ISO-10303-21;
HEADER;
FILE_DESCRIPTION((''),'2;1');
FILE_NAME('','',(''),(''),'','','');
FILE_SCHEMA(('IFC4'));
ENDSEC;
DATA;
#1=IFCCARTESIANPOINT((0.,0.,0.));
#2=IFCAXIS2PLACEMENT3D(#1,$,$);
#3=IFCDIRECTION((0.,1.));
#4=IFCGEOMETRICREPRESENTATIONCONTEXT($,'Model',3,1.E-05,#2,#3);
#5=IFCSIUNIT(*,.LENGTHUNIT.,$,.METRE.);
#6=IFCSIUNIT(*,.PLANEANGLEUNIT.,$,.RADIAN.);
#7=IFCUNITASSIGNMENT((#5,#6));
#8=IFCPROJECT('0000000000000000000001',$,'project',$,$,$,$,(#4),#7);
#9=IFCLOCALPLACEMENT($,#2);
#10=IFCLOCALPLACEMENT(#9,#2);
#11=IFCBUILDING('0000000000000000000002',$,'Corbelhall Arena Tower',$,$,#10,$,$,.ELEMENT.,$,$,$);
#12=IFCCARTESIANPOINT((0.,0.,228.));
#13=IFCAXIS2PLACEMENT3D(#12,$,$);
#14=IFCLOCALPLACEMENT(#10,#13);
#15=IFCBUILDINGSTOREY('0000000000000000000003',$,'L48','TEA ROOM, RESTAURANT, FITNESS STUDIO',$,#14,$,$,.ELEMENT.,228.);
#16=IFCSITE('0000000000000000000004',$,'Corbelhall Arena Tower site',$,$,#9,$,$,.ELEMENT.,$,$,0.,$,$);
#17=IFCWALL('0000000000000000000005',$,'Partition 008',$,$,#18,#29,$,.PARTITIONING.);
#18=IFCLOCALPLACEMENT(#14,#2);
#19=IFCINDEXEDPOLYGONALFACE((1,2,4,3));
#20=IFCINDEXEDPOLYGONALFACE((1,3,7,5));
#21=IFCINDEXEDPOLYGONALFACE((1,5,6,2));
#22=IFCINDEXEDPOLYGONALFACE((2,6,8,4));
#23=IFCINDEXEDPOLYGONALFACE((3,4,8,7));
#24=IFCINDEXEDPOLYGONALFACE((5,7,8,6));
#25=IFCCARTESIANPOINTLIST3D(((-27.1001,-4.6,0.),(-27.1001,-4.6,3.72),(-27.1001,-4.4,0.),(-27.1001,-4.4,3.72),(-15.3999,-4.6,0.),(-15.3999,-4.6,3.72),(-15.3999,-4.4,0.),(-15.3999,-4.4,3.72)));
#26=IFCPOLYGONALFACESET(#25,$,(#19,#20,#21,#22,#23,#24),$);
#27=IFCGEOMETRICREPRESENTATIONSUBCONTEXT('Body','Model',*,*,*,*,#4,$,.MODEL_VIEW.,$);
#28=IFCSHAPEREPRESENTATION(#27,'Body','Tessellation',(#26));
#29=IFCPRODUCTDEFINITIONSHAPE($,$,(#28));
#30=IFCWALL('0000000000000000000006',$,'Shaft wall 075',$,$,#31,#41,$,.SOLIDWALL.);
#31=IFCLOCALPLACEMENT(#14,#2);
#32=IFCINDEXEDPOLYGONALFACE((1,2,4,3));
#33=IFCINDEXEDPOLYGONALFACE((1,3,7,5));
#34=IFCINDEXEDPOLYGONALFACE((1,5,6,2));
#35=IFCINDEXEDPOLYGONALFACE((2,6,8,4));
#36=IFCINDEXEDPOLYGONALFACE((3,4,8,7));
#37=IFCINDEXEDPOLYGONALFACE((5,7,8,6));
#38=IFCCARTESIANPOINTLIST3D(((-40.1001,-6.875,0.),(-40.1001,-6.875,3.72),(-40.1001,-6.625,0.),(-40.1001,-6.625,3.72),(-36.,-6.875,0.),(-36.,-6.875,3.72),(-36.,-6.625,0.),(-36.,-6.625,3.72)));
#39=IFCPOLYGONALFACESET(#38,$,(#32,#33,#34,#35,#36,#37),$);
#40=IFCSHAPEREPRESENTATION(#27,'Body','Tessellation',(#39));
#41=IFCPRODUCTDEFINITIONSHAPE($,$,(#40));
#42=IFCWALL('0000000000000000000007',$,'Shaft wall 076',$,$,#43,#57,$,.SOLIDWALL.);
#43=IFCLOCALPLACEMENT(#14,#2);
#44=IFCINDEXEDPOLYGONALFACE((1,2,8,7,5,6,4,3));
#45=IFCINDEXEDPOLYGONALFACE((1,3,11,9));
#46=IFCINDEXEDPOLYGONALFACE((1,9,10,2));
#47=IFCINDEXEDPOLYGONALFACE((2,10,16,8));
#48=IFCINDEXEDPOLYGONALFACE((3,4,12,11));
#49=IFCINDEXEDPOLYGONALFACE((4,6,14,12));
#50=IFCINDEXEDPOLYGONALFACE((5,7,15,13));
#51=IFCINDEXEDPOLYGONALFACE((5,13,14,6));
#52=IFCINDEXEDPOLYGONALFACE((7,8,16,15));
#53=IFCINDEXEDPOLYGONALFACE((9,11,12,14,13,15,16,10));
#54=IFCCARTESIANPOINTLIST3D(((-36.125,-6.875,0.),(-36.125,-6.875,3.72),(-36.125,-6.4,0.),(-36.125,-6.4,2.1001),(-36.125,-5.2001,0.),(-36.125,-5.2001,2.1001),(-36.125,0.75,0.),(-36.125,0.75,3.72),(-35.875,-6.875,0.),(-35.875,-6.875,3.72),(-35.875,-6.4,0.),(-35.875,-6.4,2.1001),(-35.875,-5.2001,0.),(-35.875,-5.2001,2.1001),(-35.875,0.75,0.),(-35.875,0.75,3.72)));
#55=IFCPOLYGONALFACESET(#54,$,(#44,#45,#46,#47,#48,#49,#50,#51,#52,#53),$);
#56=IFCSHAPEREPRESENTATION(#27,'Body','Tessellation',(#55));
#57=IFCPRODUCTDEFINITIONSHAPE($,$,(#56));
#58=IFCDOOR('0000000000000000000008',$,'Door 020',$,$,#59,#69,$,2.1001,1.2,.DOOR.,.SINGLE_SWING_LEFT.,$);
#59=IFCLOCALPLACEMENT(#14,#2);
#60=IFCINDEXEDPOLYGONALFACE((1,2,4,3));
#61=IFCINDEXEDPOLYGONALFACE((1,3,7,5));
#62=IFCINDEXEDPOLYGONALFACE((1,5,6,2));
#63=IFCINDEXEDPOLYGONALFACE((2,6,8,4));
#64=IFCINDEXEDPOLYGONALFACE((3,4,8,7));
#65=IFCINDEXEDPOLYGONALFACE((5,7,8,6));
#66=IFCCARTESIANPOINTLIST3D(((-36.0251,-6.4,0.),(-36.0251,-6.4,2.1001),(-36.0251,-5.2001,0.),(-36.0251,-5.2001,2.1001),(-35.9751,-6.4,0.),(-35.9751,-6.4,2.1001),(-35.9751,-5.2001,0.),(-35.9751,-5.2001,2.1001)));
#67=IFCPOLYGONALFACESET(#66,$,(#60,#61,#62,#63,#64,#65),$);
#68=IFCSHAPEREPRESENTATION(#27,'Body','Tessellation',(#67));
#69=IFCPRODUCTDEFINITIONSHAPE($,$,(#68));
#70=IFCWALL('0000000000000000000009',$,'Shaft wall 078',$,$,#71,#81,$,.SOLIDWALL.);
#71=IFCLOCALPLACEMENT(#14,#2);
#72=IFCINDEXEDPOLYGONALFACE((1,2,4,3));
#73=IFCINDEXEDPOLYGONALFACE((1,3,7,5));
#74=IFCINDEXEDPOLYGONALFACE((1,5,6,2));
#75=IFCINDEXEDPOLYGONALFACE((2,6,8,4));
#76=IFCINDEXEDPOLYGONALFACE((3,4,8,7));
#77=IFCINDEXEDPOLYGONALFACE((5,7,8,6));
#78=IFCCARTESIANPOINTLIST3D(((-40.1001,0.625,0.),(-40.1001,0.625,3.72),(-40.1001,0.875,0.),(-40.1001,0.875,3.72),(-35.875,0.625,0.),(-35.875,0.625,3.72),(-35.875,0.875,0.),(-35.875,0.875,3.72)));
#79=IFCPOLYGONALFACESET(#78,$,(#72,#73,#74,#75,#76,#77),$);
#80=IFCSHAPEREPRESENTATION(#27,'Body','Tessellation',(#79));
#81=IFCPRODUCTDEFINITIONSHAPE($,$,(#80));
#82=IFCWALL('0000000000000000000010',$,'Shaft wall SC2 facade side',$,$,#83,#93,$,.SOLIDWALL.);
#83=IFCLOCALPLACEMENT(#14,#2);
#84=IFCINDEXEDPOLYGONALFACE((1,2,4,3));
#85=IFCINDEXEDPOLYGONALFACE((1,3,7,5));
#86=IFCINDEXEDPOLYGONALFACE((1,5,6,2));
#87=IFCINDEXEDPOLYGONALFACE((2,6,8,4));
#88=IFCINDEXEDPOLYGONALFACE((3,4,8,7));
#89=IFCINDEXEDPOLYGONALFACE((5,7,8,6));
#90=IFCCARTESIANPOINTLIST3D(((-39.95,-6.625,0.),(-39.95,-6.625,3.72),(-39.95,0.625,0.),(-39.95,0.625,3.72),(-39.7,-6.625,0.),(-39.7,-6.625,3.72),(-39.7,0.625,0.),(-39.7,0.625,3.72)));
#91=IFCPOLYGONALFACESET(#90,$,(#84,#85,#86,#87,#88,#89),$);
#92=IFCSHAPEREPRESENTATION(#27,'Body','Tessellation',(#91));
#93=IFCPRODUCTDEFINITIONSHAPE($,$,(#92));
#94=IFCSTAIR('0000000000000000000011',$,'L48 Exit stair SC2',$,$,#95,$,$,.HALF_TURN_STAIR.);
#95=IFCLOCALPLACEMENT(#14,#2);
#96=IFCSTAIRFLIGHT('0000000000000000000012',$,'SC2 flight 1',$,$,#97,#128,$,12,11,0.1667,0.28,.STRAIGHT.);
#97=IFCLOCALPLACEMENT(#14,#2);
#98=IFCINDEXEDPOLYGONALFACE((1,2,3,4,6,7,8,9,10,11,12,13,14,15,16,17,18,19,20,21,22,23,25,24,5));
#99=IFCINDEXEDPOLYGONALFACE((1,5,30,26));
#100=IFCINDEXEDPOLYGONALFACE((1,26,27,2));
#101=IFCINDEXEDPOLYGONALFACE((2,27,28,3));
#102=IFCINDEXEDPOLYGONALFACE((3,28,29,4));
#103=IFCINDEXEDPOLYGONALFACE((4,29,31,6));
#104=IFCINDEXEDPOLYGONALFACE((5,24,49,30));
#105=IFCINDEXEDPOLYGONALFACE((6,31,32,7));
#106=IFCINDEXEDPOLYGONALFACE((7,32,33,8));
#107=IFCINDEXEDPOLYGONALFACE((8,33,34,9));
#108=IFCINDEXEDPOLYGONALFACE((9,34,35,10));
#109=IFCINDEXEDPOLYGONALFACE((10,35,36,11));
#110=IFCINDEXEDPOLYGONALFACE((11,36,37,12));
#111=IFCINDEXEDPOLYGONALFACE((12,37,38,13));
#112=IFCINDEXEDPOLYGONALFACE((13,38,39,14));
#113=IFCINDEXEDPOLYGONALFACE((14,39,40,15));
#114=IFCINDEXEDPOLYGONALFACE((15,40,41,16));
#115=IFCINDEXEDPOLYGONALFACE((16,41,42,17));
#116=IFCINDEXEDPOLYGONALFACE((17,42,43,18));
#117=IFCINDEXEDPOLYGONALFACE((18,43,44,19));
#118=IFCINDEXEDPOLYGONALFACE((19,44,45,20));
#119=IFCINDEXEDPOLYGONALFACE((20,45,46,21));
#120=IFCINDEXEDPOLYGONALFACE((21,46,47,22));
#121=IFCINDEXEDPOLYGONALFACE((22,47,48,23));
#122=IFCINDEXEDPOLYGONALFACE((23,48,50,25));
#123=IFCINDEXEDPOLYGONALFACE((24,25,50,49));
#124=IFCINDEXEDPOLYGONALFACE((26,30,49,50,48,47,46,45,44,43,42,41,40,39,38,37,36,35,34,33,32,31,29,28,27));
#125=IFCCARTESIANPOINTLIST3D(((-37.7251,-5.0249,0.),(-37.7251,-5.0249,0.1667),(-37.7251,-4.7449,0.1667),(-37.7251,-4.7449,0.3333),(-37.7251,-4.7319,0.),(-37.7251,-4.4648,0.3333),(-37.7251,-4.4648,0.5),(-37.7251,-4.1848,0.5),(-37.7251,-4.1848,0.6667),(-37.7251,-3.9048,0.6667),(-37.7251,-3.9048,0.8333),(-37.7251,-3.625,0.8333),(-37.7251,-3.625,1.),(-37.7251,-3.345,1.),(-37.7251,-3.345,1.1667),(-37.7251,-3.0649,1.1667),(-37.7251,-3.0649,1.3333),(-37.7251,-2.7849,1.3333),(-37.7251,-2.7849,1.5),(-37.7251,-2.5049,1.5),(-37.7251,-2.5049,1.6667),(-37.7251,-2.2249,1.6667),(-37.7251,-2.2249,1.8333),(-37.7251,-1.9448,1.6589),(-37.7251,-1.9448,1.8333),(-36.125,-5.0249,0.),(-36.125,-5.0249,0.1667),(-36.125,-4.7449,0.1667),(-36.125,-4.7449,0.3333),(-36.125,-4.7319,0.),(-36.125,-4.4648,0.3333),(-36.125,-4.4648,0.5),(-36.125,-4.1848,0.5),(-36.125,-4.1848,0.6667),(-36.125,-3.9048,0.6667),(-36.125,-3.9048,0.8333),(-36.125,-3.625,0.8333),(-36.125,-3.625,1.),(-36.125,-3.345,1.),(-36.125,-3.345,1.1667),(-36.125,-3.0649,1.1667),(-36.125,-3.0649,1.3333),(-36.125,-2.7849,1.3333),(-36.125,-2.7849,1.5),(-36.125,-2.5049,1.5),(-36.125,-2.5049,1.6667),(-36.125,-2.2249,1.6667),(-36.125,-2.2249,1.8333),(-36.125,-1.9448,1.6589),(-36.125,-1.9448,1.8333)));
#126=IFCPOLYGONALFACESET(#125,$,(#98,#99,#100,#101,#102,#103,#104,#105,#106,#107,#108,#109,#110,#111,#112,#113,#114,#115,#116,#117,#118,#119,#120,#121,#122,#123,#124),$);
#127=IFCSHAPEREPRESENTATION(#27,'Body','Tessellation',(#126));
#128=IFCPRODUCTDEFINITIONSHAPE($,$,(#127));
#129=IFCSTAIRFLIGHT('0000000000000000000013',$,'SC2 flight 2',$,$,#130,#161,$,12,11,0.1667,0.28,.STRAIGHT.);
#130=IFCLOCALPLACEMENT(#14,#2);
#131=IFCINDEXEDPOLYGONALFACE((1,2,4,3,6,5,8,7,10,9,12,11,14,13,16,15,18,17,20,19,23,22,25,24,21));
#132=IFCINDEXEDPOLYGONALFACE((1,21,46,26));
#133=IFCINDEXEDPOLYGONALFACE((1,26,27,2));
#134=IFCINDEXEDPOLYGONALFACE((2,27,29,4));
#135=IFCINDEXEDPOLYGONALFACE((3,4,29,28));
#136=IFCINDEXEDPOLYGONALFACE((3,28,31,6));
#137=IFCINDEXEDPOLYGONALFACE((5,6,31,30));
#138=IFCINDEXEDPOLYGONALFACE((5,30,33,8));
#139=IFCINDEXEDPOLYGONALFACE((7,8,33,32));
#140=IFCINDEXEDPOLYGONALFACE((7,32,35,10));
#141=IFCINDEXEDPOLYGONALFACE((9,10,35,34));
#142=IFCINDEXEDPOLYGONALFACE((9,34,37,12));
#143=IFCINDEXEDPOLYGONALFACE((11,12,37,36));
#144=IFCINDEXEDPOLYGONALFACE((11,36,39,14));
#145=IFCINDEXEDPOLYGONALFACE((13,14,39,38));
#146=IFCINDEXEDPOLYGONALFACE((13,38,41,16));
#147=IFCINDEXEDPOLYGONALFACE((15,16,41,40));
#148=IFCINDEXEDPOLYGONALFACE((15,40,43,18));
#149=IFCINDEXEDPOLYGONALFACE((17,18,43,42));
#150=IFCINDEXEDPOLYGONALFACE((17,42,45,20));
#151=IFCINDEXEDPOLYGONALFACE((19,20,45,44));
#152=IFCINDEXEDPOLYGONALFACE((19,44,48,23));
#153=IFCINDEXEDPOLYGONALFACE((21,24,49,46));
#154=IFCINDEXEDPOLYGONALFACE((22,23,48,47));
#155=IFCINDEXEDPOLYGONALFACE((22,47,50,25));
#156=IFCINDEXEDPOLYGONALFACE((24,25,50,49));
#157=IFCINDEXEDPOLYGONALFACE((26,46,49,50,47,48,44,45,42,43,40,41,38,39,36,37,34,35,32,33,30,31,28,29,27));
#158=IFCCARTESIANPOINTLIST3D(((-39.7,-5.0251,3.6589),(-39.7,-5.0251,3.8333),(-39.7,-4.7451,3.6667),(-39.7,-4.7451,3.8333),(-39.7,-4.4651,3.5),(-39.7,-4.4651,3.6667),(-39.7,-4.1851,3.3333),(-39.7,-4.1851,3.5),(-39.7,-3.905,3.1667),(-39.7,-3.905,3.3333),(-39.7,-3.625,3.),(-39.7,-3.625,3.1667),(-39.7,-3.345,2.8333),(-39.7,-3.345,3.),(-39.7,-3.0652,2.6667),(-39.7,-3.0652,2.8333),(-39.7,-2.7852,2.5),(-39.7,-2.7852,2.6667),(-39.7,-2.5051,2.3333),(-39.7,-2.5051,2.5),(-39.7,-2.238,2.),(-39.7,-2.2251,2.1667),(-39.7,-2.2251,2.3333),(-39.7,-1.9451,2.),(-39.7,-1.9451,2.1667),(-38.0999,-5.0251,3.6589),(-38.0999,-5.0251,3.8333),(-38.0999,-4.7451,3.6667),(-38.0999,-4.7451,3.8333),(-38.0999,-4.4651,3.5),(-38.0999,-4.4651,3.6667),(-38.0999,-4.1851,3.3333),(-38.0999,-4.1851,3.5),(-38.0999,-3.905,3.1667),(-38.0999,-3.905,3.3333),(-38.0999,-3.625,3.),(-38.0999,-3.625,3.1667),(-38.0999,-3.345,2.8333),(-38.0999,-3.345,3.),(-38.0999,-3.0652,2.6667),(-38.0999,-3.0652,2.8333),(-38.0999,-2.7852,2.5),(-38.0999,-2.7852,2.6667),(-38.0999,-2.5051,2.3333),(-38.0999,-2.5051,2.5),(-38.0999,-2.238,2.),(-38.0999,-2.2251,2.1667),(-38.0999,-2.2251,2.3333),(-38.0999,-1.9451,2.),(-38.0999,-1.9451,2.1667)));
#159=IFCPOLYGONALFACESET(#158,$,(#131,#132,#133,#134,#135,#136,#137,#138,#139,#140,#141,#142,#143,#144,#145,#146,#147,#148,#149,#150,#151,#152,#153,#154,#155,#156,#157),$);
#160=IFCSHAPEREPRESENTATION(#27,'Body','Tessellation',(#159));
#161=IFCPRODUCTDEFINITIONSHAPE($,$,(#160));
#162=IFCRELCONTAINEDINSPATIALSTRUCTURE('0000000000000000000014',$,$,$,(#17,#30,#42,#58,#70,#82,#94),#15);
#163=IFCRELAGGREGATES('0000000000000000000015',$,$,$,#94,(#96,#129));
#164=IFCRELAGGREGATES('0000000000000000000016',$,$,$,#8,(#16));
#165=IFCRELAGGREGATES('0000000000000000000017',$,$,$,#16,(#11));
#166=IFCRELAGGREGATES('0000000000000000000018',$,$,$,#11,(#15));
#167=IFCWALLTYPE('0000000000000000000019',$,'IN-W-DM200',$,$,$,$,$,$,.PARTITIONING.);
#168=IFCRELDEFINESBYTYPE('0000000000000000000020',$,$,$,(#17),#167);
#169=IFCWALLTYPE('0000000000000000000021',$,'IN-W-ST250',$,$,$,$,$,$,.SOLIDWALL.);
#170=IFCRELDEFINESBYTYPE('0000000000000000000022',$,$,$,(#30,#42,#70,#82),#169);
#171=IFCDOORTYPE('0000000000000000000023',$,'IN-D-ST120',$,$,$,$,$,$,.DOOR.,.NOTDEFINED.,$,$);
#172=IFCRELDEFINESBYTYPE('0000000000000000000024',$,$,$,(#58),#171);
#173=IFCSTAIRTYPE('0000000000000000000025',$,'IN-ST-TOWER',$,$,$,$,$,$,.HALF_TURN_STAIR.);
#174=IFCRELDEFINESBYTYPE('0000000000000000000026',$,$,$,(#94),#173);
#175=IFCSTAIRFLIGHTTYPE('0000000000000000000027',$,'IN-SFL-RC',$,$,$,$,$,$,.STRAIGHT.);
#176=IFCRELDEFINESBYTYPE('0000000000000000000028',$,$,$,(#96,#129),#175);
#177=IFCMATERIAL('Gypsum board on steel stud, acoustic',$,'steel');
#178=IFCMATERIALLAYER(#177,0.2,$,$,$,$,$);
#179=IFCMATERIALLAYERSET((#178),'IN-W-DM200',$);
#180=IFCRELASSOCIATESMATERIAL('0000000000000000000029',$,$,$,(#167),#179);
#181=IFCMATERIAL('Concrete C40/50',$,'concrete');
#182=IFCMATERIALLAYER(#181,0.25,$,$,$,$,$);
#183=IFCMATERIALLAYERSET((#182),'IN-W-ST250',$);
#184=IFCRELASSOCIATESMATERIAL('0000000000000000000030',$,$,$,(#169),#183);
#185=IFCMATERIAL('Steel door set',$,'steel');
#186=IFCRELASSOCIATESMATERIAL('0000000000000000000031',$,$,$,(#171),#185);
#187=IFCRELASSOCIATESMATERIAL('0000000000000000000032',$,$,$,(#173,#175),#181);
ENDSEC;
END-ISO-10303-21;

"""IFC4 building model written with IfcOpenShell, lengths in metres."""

from ifc_helpers import new_model, si_unit, direction, frame, frame_2d, origin, place, context, subcontext, project, spatial, polyline, rectangle, outline, extrude, material, layer, layer_set, type_object, element, fill, aggregate, save


model = new_model("IFC4")

# Units and contexts
model_context = context("Model", 3, precision=1e-05, world=origin(), true_north=direction((0.0, 1.0)))
body_context = subcontext(model_context, "Body", "Model", "MODEL_VIEW")
ifc_project = project(units=[si_unit("LENGTHUNIT", "METRE"), si_unit("PLANEANGLEUNIT", "RADIAN")], contexts=[model_context])

# Site, building, storey
site_placement = place(None, origin())
site = spatial("IfcSite", under=ifc_project, at=site_placement, Name="Corbelhall Arena Tower site", CompositionType="ELEMENT", RefElevation=0.0)
building_placement = place(site_placement, origin())
building = spatial("IfcBuilding", under=site, at=building_placement, Name="Corbelhall Arena Tower", CompositionType="ELEMENT")
storey_placement = place(building_placement, frame((0.0, 0.0, 228.0)))
storey = spatial("IfcBuildingStorey", under=building, at=storey_placement, Name="L48", Description="TEA ROOM, RESTAURANT, FITNESS STUDIO", CompositionType="ELEMENT", Elevation=228.0)

# Shared definitions
ifc_material_1 = material(Name="Gypsum board on steel stud, acoustic", Category="steel")
ifc_layer_1 = layer(ifc_material_1, 0.2)
ifc_layer_set_1 = layer_set([ifc_layer_1], Name="IN-W-DM200")
wall_type_1 = type_object("IfcWallType", Name="IN-W-DM200", PredefinedType="PARTITIONING", material=ifc_layer_set_1)

# Shared definitions
ifc_material_2 = material(Name="Steel door set", Category="steel")

# Walls
wall_1_placement = place(storey_placement, frame((-27.1001, -4.5, 0.0), z_axis=(0.0, 0.0, 1.0), x_axis=(1.0, 0.0, 0.0)))
element("IfcWall", 1, at=wall_1_placement, inside=storey, type_object=wall_type_1, Name="Partition 008", PredefinedType="PARTITIONING", context=body_context, shape_type="SweptSolid", body=[
    extrude(rectangle(XDim=11.7002, YDim=0.2, at=frame_2d((5.8501, 0.0))), origin(), (0.0, 0.0, 1.0), 3.72),
])
ifc_material_3 = material(Name="Concrete C40/50", Category="concrete")
ifc_layer_2 = layer(ifc_material_3, 0.25)
ifc_layer_set_2 = layer_set([ifc_layer_2], Name="IN-W-ST250")
wall_type_2 = type_object("IfcWallType", Name="IN-W-ST250", PredefinedType="SOLIDWALL", material=ifc_layer_set_2)
wall_2_placement = place(storey_placement, frame((-36.0, -6.75, 0.0), z_axis=(0.0, 0.0, 1.0), x_axis=(-1.0, 0.0, 0.0)))
element("IfcWall", 2, at=wall_2_placement, inside=storey, type_object=wall_type_2, Name="Shaft wall 075", PredefinedType="SOLIDWALL", context=body_context, shape_type="SweptSolid", body=[
    extrude(rectangle(XDim=4.1001, YDim=0.25, at=frame_2d((2.05, 0.0))), origin(), (0.0, 0.0, 1.0), 3.72),
])

# Wall, opening, door
wall_3_placement = place(storey_placement, frame((-36.0, 0.75, 0.0), z_axis=(0.0, 0.0, 1.0), x_axis=(0.0, -1.0, 0.0)))
wall_3 = element("IfcWall", 3, at=wall_3_placement, inside=storey, type_object=wall_type_2, Name="Shaft wall 076", PredefinedType="SOLIDWALL", context=body_context, shape_type="SweptSolid", body=[
    extrude(rectangle(XDim=7.625, YDim=0.25, at=frame_2d((3.8125, 0.0))), origin(), (0.0, 0.0, 1.0), 3.72),
])
opening_1_placement = place(wall_3_placement, frame((5.95, 0.0, 0.0)))
opening_1 = element("IfcOpeningElement", 4, at=opening_1_placement, cuts=wall_3, PredefinedType="OPENING", context=body_context, shape_type="SweptSolid", body=[
    extrude(rectangle(XDim=1.2, YDim=2.1001, at=frame_2d((0.6001, 1.05))), frame((0.0, 0.125, 0.0), z_axis=(0.0, -1.0, 0.0), x_axis=(1.0, 0.0, 0.0)), (0.0, 0.0, 1.0), 0.25),
])
door_type_1 = type_object("IfcDoorType", Name="IN-D-ST120", OperationType="NOTDEFINED", PredefinedType="DOOR", material=ifc_material_2)
door_1_placement = place(opening_1_placement, origin())
door_1 = element("IfcDoor", 5, at=door_1_placement, inside=storey, type_object=door_type_1, Name="Door 020", OperationType="SINGLE_SWING_LEFT", OverallHeight=2.1001, OverallWidth=1.2, PredefinedType="DOOR", context=body_context, shape_type="SweptSolid", body=[
    extrude(rectangle(XDim=1.2, YDim=2.1001, at=frame_2d((0.6001, 1.05))), frame((0.0, 0.0249, 0.0), z_axis=(0.0, -1.0, 0.0), x_axis=(1.0, 0.0, 0.0)), (0.0, 0.0, 1.0), 0.05),
])
fill(opening_1, door_1)

# Walls
wall_4_placement = place(storey_placement, frame((-35.875, 0.75, 0.0), z_axis=(0.0, 0.0, 1.0), x_axis=(-1.0, 0.0, 0.0)))
element("IfcWall", 6, at=wall_4_placement, inside=storey, type_object=wall_type_2, Name="Shaft wall 078", PredefinedType="SOLIDWALL", context=body_context, shape_type="SweptSolid", body=[
    extrude(rectangle(XDim=4.2251, YDim=0.25, at=frame_2d((2.1125, 0.0))), origin(), (0.0, 0.0, 1.0), 3.72),
])
wall_5_placement = place(storey_placement, frame((-39.825, -6.625, 0.0), z_axis=(0.0, 0.0, 1.0), x_axis=(0.0, 1.0, 0.0)))
element("IfcWall", 7, at=wall_5_placement, inside=storey, type_object=wall_type_2, Name="Shaft wall SC2 facade side", PredefinedType="SOLIDWALL", context=body_context, shape_type="SweptSolid", body=[
    extrude(rectangle(XDim=7.25, YDim=0.25, at=frame_2d((3.625, 0.0))), origin(), (0.0, 0.0, 1.0), 3.72),
])

# Stair, stair flights
stair_type = type_object("IfcStairType", Name="IN-ST-TOWER", PredefinedType="HALF_TURN_STAIR", material=ifc_material_3)
stair_placement = place(storey_placement, origin())
stair = element("IfcStair", 8, at=stair_placement, inside=storey, type_object=stair_type, Name="L48 Exit stair SC2", PredefinedType="HALF_TURN_STAIR")
stair_flight_type = type_object("IfcStairFlightType", Name="IN-SFL-RC", PredefinedType="STRAIGHT", material=ifc_material_3)
stair_flight_1_placement = place(storey_placement, frame((-36.925, -5.0249, 0.0), z_axis=(0.0, 0.0, 1.0), x_axis=(0.0, 1.0, 0.0)))
stair_flight_1 = element("IfcStairFlight", 9, at=stair_flight_1_placement, type_object=stair_flight_type, Name="SC2 flight 1", NumberOfRisers=12, NumberOfTreads=11, PredefinedType="STRAIGHT", RiserHeight=0.1667, TreadLength=0.28, context=body_context, shape_type="SweptSolid", body=[
    extrude(outline(polyline([(0.0, 0.0), (0.0, 0.1667), (0.28, 0.1667), (0.28, 0.3333), (0.5601, 0.3333), (0.5601, 0.5), (0.8401, 0.5), (0.8401, 0.6667), (1.1201, 0.6667), (1.1201, 0.8333), (1.3999, 0.8333), (1.3999, 1.0), (1.6799, 1.0), (1.6799, 1.1667), (1.96, 1.1667), (1.96, 1.3333), (2.24, 1.3333), (2.24, 1.5), (2.52, 1.5), (2.52, 1.6667), (2.8, 1.6667), (2.8, 1.8333), (3.0801, 1.8333), (3.0801, 2.0), (3.0801, 1.6589), (0.293, 0.0), (0.0, 0.0)])), frame((0.0, 0.8, 0.0), z_axis=(0.0, -1.0, 0.0), x_axis=(1.0, 0.0, 0.0)), (0.0, 0.0, 1.0), 1.6001),
])
stair_flight_2_placement = place(storey_placement, frame((-38.8999, -1.9451, 2.0), z_axis=(0.0, 0.0, 1.0), x_axis=(0.0, -1.0, 0.0)))
stair_flight_2 = element("IfcStairFlight", 10, at=stair_flight_2_placement, type_object=stair_flight_type, Name="SC2 flight 2", NumberOfRisers=12, NumberOfTreads=11, PredefinedType="STRAIGHT", RiserHeight=0.1667, TreadLength=0.28, context=body_context, shape_type="SweptSolid", body=[
    extrude(outline(polyline([(0.0, 0.0), (0.0, 0.1667), (0.28, 0.1667), (0.28, 0.3333), (0.5601, 0.3333), (0.5601, 0.5), (0.8401, 0.5), (0.8401, 0.6667), (1.1201, 0.6667), (1.1201, 0.8333), (1.3999, 0.8333), (1.3999, 1.0), (1.6799, 1.0), (1.6799, 1.1667), (1.96, 1.1667), (1.96, 1.3333), (2.24, 1.3333), (2.24, 1.5), (2.52, 1.5), (2.52, 1.6667), (2.8, 1.6667), (2.8, 1.8333), (3.0801, 1.8333), (3.0801, 2.0), (3.0801, 1.6589), (0.293, 0.0), (0.0, 0.0)])), frame((0.0, 0.8, 0.0), z_axis=(0.0, -1.0, 0.0), x_axis=(1.0, 0.0, 0.0)), (0.0, 0.0, 1.0), 1.6001),
])
aggregate(stair, [stair_flight_1, stair_flight_2])

save(model, "model.ifc")
